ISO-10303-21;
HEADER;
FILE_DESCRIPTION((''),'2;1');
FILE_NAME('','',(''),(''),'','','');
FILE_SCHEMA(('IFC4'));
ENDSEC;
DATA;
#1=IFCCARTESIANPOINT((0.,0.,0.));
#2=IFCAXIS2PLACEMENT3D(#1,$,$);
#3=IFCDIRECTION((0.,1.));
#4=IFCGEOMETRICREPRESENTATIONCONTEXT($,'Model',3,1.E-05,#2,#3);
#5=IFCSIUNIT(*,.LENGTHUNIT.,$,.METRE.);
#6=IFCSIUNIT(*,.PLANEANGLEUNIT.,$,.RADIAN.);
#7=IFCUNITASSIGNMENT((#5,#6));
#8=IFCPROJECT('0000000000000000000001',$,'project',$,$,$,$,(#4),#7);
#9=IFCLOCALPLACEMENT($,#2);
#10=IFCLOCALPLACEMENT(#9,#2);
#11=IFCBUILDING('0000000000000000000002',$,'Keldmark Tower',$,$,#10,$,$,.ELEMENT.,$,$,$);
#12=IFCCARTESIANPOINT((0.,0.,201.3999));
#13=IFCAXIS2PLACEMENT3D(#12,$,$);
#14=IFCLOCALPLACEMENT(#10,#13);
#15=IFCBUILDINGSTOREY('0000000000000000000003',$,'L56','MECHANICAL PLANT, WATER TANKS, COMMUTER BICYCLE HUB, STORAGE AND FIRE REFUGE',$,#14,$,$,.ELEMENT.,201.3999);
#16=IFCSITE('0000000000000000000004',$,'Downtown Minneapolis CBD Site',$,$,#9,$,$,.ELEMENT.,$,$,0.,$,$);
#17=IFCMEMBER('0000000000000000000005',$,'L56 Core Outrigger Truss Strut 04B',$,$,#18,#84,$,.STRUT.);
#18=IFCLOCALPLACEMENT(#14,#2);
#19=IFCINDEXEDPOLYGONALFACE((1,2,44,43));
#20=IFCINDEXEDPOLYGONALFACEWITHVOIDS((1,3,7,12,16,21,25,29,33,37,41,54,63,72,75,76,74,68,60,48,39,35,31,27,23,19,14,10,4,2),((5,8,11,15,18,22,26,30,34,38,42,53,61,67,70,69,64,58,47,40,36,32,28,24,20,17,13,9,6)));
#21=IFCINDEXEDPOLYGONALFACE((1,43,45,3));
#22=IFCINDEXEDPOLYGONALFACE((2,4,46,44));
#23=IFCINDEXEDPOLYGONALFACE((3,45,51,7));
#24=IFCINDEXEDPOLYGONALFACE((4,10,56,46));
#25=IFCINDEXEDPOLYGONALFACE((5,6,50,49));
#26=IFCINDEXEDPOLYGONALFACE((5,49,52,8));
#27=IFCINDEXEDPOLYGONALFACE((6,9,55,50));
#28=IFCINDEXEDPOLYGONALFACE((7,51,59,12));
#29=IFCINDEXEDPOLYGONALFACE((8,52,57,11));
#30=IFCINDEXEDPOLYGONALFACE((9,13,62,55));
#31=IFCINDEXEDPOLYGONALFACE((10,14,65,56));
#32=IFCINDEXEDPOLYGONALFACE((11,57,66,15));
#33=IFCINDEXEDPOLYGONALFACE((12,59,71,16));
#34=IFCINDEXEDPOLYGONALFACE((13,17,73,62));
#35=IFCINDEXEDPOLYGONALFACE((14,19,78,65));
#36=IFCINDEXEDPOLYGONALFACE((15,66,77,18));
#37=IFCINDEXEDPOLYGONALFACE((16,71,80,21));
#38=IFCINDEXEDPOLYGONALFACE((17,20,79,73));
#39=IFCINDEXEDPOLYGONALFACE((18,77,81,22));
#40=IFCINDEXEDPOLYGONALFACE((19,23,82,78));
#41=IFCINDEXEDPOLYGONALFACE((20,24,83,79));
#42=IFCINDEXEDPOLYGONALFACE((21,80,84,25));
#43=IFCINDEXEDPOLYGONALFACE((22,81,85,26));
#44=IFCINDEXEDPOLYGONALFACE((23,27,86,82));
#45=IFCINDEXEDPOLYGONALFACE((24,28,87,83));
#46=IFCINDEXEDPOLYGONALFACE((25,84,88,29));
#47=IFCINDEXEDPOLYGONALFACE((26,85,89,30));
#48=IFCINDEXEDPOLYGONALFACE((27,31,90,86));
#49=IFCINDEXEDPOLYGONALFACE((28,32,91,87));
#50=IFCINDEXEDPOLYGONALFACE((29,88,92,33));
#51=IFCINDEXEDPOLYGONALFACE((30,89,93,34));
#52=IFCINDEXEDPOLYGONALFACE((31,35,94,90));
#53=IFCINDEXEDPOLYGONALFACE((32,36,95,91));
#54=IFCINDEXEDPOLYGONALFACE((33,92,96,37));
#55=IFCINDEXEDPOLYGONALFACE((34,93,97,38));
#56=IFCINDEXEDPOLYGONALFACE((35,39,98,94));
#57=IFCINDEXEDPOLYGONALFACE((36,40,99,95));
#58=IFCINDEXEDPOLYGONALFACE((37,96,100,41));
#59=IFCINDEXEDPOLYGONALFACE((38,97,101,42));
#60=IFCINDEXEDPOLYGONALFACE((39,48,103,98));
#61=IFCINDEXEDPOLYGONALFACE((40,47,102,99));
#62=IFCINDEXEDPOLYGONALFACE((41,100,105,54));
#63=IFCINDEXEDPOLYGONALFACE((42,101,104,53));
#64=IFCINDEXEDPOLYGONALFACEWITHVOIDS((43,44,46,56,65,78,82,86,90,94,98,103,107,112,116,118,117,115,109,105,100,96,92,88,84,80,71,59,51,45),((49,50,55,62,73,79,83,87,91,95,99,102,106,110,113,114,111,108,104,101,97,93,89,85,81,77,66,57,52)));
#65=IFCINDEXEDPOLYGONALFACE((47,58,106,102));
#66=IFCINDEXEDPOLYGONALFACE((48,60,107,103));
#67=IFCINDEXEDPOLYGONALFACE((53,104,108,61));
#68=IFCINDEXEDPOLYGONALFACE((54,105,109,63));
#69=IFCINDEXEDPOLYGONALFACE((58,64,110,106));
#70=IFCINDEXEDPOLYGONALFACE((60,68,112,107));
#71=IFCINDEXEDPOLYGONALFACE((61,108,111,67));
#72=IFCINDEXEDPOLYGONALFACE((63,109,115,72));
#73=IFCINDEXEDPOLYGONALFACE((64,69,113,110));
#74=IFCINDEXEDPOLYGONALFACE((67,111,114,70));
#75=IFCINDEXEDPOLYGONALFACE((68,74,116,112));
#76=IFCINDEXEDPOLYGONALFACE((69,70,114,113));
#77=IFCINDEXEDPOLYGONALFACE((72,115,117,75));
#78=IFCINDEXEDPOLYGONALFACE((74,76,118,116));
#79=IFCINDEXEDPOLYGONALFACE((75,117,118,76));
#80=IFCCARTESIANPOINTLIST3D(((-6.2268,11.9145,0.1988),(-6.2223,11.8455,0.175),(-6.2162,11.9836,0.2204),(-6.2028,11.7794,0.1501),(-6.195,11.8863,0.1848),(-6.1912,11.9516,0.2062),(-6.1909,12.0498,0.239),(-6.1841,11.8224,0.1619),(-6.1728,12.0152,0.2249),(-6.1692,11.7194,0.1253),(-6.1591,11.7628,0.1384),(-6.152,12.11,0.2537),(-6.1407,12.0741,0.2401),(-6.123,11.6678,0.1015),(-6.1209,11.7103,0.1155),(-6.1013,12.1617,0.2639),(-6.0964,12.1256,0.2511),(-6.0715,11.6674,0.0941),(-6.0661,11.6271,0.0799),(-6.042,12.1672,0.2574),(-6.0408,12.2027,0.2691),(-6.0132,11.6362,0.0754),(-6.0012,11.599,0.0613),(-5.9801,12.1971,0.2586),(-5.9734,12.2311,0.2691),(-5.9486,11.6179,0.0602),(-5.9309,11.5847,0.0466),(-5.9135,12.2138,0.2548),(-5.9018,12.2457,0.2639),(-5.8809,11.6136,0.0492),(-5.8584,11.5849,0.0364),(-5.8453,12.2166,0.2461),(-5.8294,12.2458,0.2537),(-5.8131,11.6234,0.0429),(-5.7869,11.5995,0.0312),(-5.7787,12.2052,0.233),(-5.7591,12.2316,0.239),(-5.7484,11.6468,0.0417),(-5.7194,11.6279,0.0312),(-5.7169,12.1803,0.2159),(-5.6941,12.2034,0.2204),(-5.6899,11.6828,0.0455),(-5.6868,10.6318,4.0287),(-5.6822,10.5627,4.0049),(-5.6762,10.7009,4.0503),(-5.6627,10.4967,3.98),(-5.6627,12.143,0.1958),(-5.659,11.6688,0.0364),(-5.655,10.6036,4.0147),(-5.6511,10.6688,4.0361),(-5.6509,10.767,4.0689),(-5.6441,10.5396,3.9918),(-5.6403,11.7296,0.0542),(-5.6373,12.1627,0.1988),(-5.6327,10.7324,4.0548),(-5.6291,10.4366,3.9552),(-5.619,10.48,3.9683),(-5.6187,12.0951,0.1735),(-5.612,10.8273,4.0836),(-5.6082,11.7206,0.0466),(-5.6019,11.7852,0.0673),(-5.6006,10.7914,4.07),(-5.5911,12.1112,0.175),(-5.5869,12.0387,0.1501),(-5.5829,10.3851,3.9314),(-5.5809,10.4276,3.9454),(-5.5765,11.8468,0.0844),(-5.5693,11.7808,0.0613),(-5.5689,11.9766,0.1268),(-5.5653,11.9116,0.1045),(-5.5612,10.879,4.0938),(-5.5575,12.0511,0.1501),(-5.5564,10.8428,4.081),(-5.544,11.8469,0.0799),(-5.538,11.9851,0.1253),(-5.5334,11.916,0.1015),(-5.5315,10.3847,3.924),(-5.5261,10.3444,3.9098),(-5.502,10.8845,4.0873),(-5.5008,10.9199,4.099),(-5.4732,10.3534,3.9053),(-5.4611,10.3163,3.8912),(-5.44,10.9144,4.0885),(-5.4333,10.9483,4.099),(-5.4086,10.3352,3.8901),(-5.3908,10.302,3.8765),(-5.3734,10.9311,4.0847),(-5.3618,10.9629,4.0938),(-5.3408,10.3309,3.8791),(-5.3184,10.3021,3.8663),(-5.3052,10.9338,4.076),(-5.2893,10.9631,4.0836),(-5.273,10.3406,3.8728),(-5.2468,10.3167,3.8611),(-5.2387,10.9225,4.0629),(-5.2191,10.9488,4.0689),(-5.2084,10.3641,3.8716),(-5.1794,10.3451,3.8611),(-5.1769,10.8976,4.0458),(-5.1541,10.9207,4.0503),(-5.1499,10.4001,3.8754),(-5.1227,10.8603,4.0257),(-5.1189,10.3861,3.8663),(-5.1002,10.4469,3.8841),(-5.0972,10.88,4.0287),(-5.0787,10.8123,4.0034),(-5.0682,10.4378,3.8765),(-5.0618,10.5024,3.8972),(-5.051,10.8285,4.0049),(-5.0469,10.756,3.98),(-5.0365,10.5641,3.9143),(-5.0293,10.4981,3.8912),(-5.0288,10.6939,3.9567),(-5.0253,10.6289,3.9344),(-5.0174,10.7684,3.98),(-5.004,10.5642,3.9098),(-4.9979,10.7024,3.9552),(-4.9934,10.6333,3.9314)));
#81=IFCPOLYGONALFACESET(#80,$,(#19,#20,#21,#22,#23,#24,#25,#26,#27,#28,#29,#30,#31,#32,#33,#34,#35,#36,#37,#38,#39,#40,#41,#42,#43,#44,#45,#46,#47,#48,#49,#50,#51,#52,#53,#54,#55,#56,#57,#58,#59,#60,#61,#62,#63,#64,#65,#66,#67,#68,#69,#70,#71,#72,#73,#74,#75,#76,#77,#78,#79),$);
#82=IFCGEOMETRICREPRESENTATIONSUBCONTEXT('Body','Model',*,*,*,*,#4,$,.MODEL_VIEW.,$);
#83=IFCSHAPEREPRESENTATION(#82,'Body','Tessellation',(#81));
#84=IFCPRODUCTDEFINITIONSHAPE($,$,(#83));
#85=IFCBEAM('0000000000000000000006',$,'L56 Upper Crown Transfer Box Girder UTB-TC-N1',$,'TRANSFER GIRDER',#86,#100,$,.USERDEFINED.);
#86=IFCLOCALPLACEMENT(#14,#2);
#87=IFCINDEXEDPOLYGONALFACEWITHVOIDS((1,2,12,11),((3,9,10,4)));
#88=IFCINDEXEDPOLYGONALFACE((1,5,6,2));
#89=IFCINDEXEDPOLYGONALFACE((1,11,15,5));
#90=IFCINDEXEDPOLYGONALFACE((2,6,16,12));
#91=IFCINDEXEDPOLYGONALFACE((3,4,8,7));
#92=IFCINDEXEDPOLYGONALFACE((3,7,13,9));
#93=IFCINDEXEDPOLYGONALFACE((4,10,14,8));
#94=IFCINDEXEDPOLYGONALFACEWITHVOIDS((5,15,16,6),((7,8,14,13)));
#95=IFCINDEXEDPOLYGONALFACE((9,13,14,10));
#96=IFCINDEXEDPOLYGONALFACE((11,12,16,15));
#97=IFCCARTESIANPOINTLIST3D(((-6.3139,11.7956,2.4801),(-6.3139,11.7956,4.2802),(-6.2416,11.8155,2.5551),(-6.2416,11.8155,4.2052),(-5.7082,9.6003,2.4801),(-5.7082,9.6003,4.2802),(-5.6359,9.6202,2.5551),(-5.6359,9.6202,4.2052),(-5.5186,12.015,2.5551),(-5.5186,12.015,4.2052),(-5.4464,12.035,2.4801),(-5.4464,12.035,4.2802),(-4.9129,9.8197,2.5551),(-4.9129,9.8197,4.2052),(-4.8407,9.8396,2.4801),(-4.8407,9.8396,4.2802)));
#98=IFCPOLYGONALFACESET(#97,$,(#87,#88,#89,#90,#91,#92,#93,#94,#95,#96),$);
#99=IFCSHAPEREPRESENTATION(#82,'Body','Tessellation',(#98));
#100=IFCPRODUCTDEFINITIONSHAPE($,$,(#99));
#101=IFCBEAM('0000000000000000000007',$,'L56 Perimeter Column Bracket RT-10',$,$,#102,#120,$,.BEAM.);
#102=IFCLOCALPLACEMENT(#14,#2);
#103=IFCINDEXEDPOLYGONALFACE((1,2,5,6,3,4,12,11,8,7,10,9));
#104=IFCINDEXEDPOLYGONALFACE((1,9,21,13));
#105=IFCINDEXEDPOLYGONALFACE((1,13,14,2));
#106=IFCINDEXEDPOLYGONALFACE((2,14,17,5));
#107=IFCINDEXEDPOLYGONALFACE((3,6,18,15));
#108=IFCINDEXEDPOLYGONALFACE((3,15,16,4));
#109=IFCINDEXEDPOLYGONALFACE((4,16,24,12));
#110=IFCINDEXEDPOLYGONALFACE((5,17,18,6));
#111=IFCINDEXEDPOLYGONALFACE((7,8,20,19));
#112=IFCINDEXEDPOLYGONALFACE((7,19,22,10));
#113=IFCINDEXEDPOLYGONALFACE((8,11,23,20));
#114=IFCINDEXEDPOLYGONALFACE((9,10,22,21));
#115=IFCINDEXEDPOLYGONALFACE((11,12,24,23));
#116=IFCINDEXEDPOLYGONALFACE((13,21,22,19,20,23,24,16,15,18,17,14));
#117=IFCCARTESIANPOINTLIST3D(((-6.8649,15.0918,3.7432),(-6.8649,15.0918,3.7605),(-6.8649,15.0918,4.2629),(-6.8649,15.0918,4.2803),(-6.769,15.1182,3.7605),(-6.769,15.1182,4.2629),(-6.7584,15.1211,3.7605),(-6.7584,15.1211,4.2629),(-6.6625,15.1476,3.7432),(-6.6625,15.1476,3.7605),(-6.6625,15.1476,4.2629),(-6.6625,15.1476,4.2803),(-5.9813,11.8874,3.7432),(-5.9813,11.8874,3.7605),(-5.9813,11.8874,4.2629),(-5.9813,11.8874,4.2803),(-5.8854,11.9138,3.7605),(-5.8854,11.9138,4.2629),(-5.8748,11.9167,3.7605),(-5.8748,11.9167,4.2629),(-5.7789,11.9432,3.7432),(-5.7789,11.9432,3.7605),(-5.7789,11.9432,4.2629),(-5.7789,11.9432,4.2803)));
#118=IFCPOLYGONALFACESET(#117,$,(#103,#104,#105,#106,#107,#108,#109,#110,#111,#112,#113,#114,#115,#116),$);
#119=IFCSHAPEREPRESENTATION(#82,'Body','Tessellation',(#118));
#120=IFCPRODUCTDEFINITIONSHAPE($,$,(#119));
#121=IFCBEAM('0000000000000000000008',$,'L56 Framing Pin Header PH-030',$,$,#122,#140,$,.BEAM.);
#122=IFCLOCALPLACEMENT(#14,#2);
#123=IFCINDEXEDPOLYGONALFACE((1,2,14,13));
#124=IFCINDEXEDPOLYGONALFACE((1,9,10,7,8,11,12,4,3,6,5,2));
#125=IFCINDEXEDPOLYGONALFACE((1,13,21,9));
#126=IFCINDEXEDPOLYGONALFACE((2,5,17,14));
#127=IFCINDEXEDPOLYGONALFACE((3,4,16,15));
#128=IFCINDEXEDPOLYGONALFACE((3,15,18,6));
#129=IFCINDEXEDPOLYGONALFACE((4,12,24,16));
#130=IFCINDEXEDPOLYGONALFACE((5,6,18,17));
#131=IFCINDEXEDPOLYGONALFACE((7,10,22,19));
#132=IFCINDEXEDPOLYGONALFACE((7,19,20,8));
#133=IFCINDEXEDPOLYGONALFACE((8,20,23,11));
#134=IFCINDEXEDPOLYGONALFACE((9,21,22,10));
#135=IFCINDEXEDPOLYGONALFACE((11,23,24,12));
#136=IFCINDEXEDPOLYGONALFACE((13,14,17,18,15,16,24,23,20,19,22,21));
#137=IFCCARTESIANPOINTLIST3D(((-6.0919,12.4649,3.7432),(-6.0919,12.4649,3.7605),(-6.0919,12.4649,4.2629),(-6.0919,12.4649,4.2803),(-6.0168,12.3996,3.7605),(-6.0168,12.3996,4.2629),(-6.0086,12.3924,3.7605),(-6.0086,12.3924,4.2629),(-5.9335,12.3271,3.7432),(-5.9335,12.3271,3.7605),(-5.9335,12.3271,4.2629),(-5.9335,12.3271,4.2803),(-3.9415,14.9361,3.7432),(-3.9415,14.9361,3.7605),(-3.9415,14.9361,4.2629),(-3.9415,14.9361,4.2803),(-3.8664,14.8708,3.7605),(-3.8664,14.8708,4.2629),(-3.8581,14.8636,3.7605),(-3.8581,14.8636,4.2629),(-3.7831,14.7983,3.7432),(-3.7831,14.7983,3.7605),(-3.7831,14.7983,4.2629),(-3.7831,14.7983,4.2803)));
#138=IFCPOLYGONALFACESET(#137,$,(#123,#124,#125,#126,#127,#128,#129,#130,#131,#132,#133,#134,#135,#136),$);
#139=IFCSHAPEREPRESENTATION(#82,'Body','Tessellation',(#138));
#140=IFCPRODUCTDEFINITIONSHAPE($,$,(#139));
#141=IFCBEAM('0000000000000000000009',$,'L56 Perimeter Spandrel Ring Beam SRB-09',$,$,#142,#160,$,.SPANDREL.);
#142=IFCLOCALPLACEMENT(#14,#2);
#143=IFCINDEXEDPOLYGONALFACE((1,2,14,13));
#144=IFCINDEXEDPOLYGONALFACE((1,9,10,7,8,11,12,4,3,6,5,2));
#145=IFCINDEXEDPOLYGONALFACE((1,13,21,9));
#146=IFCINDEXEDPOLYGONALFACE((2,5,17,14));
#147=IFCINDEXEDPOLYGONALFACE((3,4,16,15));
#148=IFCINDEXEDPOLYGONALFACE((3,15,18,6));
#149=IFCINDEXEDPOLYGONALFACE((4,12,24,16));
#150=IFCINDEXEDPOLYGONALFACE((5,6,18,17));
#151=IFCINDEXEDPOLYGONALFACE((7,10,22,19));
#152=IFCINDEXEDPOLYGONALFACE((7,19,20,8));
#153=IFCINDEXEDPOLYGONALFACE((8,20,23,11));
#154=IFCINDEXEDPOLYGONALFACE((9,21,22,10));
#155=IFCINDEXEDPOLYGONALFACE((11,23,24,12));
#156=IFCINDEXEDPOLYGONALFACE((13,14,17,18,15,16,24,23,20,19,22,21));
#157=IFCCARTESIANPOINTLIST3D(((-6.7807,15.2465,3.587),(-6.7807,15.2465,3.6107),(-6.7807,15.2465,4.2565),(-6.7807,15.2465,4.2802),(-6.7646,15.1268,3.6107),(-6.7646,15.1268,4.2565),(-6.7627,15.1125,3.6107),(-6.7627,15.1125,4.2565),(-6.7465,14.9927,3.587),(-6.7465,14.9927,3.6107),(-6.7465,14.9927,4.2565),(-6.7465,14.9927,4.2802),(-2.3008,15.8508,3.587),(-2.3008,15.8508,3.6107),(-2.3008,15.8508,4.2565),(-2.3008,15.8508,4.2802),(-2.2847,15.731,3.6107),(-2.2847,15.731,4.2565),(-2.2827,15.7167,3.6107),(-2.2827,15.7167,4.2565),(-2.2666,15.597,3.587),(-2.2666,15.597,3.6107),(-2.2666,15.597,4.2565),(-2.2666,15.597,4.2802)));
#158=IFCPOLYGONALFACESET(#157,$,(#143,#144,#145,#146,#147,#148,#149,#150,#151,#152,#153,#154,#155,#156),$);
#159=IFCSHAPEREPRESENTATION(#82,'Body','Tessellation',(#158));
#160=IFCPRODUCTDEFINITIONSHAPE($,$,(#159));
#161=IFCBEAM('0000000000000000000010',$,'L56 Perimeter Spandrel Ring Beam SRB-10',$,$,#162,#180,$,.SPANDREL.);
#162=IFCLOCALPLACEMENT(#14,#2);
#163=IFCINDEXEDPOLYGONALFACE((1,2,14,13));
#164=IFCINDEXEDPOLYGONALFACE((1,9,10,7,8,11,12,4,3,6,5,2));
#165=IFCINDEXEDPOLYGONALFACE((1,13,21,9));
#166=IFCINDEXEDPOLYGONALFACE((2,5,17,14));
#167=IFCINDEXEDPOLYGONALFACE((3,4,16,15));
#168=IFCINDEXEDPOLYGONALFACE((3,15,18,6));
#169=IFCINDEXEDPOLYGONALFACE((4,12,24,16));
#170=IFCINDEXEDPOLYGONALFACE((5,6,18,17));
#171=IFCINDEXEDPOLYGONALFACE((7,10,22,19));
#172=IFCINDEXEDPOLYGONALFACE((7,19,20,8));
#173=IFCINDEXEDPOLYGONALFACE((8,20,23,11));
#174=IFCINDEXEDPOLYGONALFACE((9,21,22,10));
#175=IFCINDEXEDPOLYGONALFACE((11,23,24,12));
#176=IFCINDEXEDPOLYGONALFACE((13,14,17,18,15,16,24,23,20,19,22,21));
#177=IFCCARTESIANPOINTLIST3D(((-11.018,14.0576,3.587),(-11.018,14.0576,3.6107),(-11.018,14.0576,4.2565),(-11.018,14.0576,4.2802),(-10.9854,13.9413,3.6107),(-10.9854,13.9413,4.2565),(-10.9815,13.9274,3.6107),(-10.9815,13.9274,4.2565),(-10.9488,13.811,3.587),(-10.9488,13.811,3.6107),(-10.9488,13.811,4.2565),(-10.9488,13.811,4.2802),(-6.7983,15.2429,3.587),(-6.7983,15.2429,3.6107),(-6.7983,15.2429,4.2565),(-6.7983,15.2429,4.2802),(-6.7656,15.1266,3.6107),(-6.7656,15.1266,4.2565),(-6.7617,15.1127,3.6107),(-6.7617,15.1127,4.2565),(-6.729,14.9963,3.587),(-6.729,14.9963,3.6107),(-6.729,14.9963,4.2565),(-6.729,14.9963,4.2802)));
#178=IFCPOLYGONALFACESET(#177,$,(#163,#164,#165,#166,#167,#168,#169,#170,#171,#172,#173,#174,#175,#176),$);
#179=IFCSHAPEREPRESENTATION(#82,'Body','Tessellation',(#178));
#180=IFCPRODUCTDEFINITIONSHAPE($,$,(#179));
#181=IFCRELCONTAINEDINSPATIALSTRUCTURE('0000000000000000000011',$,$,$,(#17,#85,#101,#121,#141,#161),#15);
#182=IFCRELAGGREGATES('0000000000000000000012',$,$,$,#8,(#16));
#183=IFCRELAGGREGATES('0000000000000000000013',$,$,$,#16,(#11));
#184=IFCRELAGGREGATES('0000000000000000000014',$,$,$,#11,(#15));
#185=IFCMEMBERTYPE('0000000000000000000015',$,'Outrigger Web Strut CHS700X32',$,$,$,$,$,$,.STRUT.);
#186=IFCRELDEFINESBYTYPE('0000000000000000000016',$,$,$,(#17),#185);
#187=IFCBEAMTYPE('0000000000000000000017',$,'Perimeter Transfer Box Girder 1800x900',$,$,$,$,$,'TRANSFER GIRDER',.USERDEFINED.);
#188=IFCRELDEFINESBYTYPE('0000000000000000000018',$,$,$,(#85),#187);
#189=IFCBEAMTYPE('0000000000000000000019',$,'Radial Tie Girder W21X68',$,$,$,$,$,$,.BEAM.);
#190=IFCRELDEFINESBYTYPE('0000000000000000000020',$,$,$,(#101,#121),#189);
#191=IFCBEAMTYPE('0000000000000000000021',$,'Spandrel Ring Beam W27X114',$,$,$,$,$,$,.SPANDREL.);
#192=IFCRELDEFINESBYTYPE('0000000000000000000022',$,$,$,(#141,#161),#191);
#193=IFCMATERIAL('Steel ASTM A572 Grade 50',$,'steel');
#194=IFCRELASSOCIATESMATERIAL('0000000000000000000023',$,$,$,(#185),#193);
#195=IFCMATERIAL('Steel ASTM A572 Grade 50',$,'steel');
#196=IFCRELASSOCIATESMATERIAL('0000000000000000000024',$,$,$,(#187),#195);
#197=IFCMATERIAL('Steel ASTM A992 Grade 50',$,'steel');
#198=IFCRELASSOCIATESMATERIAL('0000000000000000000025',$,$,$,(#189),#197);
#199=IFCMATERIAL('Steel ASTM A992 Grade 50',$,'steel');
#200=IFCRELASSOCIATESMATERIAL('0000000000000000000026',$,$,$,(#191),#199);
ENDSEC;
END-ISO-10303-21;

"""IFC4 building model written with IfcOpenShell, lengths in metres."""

from ifc_helpers import new_model, si_unit, direction, frame, origin, origin_2d, place, context, subcontext, project, spatial, hollow_rectangle, hollow_circle, i_section, extrude, material, material_profile, profile_set, type_object, element, save


model = new_model("IFC4")

# Units and contexts
model_context = context("Model", 3, precision=1e-05, world=origin(), true_north=direction((0.0, 1.0)))
body_context = subcontext(model_context, "Body", "Model", "MODEL_VIEW")
ifc_project = project(units=[si_unit("LENGTHUNIT", "METRE"), si_unit("PLANEANGLEUNIT", "RADIAN")], contexts=[model_context])

# Site, building, storey
site_placement = place(None, origin())
site = spatial("IfcSite", under=ifc_project, at=site_placement, Name="Downtown Minneapolis CBD Site", CompositionType="ELEMENT", RefElevation=0.0)
building_placement = place(site_placement, origin())
building = spatial("IfcBuilding", under=site, at=building_placement, Name="Keldmark Tower", CompositionType="ELEMENT")
storey_placement = place(building_placement, frame((0.0, 0.0, 201.3999)))
storey = spatial("IfcBuildingStorey", under=building, at=storey_placement, Name="L56", Description="MECHANICAL PLANT, WATER TANKS, COMMUTER BICYCLE HUB, STORAGE AND FIRE REFUGE", CompositionType="ELEMENT", Elevation=201.3999)

# Member
ifc_material_1 = material(Name="Steel ASTM A572 Grade 50", Category="steel")
ifc_material_profile_1 = material_profile(ifc_material_1, hollow_circle(Radius=0.3501, WallThickness=0.032, at=origin_2d()), Name="CHS700X32")
ifc_profile_set_1 = profile_set([ifc_material_profile_1], Name="Steel ASTM A572 Grade 50")
member_type_1 = type_object("IfcMemberType", Name="Outrigger Web Strut CHS700X32", PredefinedType="STRUT", material=ifc_profile_set_1)
member_1_placement = place(storey_placement, frame((-5.8801, 11.9153, 0.1501), z_axis=(0.132529, -0.314786, 0.939865), x_axis=(0.921649, 0.388026, 0.0)))
element("IfcMember", 1, at=member_1_placement, inside=storey, type_object=member_type_1, Name="L56 Core Outrigger Truss Strut 04B", PredefinedType="STRUT", context=body_context, shape_type="SweptSolid", body=[
    extrude(hollow_circle(Radius=0.3501, WallThickness=0.032, at=origin_2d()), origin(), (0.0, 0.0, 1.0), 4.075),
])

# Beams
ifc_material_2 = material(Name="Steel ASTM A572 Grade 50", Category="steel")
ifc_material_profile_2 = material_profile(ifc_material_2, hollow_rectangle(XDim=0.8999, YDim=1.8, WallThickness=0.075, at=origin_2d()), Name="TBOX1800X900X75")
ifc_profile_set_2 = profile_set([ifc_material_profile_2], Name="Steel ASTM A572 Grade 50")
beam_type_1 = type_object("IfcBeamType", Name="Perimeter Transfer Box Girder 1800x900", ElementType="TRANSFER GIRDER", PredefinedType="USERDEFINED", material=ifc_profile_set_2)
beam_1_placement = place(storey_placement, frame((-5.8801, 11.9153, 3.3801), z_axis=(0.265974, -0.96398, 0.0), x_axis=(0.96398, 0.265974, 0.0)))
element("IfcBeam", 2, at=beam_1_placement, inside=storey, type_object=beam_type_1, Name="L56 Upper Crown Transfer Box Girder UTB-TC-N1", ObjectType="TRANSFER GIRDER", PredefinedType="USERDEFINED", context=body_context, shape_type="SweptSolid", body=[
    extrude(hollow_rectangle(XDim=0.8999, YDim=1.8, WallThickness=0.075, at=origin_2d()), origin(), (0.0, 0.0, 1.0), 2.2773),
])
ifc_material_3 = material(Name="Steel ASTM A992 Grade 50", Category="steel")
ifc_material_profile_3 = material_profile(ifc_material_3, i_section(OverallWidth=0.21, OverallDepth=0.5371, WebThickness=0.011, FlangeThickness=0.0173, at=origin_2d()), Name="W21X68")
ifc_profile_set_3 = profile_set([ifc_material_profile_3], Name="Steel ASTM A992 Grade 50")
beam_type_2 = type_object("IfcBeamType", Name="Radial Tie Girder W21X68", PredefinedType="BEAM", material=ifc_profile_set_3)
beam_2_placement = place(storey_placement, frame((-5.8801, 11.9153, 4.0117), z_axis=(-0.265814, 0.964024, 0.0), x_axis=(-0.964024, -0.265814, 0.0)))
element("IfcBeam", 3, at=beam_2_placement, inside=storey, type_object=beam_type_2, Name="L56 Perimeter Column Bracket RT-10", PredefinedType="BEAM", context=body_context, shape_type="SweptSolid", body=[
    extrude(i_section(OverallWidth=0.21, OverallDepth=0.5371, WebThickness=0.011, FlangeThickness=0.0173, at=origin_2d()), origin(), (0.0, 0.0, 1.0), 3.324),
])
beam_3_placement = place(storey_placement, frame((-6.0127, 12.396, 4.0117), z_axis=(0.656444, 0.754374, 0.0), x_axis=(-0.754374, 0.656444, 0.0)))
element("IfcBeam", 4, at=beam_3_placement, inside=storey, type_object=beam_type_2, Name="L56 Framing Pin Header PH-030", PredefinedType="BEAM", context=body_context, shape_type="SweptSolid", body=[
    extrude(i_section(OverallWidth=0.21, OverallDepth=0.5371, WebThickness=0.011, FlangeThickness=0.0173, at=origin_2d()), origin(), (0.0, 0.0, 1.0), 3.2759),
])
ifc_material_4 = material(Name="Steel ASTM A992 Grade 50", Category="steel")
ifc_material_profile_4 = material_profile(ifc_material_4, i_section(OverallWidth=0.2561, OverallDepth=0.6931, WebThickness=0.0144, FlangeThickness=0.0237, at=origin_2d()), Name="W27X114")
ifc_profile_set_4 = profile_set([ifc_material_profile_4], Name="Steel ASTM A992 Grade 50")
beam_type_3 = type_object("IfcBeamType", Name="Spandrel Ring Beam W27X114", PredefinedType="SPANDREL", material=ifc_profile_set_4)
beam_4_placement = place(storey_placement, frame((-2.2837, 15.7239, 3.9336), z_axis=(-0.991026, -0.133667, 0.0), x_axis=(0.133667, -0.991026, 0.0)))
element("IfcBeam", 5, at=beam_4_placement, inside=storey, type_object=beam_type_3, Name="L56 Perimeter Spandrel Ring Beam SRB-09", PredefinedType="SPANDREL", context=body_context, shape_type="SweptSolid", body=[
    extrude(i_section(OverallWidth=0.2561, OverallDepth=0.6931, WebThickness=0.0144, FlangeThickness=0.0237, at=origin_2d()), origin(), (0.0, 0.0, 1.0), 4.5205),
])
beam_5_placement = place(storey_placement, frame((-6.7637, 15.1196, 3.9336), z_axis=(-0.96274, -0.270429, 0.0), x_axis=(0.270429, -0.96274, 0.0)))
element("IfcBeam", 6, at=beam_5_placement, inside=storey, type_object=beam_type_3, Name="L56 Perimeter Spandrel Ring Beam SRB-10", PredefinedType="SPANDREL", context=body_context, shape_type="SweptSolid", body=[
    extrude(i_section(OverallWidth=0.2561, OverallDepth=0.6931, WebThickness=0.0144, FlangeThickness=0.0237, at=origin_2d()), origin(), (0.0, 0.0, 1.0), 4.3831),
])

save(model, "model.ifc")
